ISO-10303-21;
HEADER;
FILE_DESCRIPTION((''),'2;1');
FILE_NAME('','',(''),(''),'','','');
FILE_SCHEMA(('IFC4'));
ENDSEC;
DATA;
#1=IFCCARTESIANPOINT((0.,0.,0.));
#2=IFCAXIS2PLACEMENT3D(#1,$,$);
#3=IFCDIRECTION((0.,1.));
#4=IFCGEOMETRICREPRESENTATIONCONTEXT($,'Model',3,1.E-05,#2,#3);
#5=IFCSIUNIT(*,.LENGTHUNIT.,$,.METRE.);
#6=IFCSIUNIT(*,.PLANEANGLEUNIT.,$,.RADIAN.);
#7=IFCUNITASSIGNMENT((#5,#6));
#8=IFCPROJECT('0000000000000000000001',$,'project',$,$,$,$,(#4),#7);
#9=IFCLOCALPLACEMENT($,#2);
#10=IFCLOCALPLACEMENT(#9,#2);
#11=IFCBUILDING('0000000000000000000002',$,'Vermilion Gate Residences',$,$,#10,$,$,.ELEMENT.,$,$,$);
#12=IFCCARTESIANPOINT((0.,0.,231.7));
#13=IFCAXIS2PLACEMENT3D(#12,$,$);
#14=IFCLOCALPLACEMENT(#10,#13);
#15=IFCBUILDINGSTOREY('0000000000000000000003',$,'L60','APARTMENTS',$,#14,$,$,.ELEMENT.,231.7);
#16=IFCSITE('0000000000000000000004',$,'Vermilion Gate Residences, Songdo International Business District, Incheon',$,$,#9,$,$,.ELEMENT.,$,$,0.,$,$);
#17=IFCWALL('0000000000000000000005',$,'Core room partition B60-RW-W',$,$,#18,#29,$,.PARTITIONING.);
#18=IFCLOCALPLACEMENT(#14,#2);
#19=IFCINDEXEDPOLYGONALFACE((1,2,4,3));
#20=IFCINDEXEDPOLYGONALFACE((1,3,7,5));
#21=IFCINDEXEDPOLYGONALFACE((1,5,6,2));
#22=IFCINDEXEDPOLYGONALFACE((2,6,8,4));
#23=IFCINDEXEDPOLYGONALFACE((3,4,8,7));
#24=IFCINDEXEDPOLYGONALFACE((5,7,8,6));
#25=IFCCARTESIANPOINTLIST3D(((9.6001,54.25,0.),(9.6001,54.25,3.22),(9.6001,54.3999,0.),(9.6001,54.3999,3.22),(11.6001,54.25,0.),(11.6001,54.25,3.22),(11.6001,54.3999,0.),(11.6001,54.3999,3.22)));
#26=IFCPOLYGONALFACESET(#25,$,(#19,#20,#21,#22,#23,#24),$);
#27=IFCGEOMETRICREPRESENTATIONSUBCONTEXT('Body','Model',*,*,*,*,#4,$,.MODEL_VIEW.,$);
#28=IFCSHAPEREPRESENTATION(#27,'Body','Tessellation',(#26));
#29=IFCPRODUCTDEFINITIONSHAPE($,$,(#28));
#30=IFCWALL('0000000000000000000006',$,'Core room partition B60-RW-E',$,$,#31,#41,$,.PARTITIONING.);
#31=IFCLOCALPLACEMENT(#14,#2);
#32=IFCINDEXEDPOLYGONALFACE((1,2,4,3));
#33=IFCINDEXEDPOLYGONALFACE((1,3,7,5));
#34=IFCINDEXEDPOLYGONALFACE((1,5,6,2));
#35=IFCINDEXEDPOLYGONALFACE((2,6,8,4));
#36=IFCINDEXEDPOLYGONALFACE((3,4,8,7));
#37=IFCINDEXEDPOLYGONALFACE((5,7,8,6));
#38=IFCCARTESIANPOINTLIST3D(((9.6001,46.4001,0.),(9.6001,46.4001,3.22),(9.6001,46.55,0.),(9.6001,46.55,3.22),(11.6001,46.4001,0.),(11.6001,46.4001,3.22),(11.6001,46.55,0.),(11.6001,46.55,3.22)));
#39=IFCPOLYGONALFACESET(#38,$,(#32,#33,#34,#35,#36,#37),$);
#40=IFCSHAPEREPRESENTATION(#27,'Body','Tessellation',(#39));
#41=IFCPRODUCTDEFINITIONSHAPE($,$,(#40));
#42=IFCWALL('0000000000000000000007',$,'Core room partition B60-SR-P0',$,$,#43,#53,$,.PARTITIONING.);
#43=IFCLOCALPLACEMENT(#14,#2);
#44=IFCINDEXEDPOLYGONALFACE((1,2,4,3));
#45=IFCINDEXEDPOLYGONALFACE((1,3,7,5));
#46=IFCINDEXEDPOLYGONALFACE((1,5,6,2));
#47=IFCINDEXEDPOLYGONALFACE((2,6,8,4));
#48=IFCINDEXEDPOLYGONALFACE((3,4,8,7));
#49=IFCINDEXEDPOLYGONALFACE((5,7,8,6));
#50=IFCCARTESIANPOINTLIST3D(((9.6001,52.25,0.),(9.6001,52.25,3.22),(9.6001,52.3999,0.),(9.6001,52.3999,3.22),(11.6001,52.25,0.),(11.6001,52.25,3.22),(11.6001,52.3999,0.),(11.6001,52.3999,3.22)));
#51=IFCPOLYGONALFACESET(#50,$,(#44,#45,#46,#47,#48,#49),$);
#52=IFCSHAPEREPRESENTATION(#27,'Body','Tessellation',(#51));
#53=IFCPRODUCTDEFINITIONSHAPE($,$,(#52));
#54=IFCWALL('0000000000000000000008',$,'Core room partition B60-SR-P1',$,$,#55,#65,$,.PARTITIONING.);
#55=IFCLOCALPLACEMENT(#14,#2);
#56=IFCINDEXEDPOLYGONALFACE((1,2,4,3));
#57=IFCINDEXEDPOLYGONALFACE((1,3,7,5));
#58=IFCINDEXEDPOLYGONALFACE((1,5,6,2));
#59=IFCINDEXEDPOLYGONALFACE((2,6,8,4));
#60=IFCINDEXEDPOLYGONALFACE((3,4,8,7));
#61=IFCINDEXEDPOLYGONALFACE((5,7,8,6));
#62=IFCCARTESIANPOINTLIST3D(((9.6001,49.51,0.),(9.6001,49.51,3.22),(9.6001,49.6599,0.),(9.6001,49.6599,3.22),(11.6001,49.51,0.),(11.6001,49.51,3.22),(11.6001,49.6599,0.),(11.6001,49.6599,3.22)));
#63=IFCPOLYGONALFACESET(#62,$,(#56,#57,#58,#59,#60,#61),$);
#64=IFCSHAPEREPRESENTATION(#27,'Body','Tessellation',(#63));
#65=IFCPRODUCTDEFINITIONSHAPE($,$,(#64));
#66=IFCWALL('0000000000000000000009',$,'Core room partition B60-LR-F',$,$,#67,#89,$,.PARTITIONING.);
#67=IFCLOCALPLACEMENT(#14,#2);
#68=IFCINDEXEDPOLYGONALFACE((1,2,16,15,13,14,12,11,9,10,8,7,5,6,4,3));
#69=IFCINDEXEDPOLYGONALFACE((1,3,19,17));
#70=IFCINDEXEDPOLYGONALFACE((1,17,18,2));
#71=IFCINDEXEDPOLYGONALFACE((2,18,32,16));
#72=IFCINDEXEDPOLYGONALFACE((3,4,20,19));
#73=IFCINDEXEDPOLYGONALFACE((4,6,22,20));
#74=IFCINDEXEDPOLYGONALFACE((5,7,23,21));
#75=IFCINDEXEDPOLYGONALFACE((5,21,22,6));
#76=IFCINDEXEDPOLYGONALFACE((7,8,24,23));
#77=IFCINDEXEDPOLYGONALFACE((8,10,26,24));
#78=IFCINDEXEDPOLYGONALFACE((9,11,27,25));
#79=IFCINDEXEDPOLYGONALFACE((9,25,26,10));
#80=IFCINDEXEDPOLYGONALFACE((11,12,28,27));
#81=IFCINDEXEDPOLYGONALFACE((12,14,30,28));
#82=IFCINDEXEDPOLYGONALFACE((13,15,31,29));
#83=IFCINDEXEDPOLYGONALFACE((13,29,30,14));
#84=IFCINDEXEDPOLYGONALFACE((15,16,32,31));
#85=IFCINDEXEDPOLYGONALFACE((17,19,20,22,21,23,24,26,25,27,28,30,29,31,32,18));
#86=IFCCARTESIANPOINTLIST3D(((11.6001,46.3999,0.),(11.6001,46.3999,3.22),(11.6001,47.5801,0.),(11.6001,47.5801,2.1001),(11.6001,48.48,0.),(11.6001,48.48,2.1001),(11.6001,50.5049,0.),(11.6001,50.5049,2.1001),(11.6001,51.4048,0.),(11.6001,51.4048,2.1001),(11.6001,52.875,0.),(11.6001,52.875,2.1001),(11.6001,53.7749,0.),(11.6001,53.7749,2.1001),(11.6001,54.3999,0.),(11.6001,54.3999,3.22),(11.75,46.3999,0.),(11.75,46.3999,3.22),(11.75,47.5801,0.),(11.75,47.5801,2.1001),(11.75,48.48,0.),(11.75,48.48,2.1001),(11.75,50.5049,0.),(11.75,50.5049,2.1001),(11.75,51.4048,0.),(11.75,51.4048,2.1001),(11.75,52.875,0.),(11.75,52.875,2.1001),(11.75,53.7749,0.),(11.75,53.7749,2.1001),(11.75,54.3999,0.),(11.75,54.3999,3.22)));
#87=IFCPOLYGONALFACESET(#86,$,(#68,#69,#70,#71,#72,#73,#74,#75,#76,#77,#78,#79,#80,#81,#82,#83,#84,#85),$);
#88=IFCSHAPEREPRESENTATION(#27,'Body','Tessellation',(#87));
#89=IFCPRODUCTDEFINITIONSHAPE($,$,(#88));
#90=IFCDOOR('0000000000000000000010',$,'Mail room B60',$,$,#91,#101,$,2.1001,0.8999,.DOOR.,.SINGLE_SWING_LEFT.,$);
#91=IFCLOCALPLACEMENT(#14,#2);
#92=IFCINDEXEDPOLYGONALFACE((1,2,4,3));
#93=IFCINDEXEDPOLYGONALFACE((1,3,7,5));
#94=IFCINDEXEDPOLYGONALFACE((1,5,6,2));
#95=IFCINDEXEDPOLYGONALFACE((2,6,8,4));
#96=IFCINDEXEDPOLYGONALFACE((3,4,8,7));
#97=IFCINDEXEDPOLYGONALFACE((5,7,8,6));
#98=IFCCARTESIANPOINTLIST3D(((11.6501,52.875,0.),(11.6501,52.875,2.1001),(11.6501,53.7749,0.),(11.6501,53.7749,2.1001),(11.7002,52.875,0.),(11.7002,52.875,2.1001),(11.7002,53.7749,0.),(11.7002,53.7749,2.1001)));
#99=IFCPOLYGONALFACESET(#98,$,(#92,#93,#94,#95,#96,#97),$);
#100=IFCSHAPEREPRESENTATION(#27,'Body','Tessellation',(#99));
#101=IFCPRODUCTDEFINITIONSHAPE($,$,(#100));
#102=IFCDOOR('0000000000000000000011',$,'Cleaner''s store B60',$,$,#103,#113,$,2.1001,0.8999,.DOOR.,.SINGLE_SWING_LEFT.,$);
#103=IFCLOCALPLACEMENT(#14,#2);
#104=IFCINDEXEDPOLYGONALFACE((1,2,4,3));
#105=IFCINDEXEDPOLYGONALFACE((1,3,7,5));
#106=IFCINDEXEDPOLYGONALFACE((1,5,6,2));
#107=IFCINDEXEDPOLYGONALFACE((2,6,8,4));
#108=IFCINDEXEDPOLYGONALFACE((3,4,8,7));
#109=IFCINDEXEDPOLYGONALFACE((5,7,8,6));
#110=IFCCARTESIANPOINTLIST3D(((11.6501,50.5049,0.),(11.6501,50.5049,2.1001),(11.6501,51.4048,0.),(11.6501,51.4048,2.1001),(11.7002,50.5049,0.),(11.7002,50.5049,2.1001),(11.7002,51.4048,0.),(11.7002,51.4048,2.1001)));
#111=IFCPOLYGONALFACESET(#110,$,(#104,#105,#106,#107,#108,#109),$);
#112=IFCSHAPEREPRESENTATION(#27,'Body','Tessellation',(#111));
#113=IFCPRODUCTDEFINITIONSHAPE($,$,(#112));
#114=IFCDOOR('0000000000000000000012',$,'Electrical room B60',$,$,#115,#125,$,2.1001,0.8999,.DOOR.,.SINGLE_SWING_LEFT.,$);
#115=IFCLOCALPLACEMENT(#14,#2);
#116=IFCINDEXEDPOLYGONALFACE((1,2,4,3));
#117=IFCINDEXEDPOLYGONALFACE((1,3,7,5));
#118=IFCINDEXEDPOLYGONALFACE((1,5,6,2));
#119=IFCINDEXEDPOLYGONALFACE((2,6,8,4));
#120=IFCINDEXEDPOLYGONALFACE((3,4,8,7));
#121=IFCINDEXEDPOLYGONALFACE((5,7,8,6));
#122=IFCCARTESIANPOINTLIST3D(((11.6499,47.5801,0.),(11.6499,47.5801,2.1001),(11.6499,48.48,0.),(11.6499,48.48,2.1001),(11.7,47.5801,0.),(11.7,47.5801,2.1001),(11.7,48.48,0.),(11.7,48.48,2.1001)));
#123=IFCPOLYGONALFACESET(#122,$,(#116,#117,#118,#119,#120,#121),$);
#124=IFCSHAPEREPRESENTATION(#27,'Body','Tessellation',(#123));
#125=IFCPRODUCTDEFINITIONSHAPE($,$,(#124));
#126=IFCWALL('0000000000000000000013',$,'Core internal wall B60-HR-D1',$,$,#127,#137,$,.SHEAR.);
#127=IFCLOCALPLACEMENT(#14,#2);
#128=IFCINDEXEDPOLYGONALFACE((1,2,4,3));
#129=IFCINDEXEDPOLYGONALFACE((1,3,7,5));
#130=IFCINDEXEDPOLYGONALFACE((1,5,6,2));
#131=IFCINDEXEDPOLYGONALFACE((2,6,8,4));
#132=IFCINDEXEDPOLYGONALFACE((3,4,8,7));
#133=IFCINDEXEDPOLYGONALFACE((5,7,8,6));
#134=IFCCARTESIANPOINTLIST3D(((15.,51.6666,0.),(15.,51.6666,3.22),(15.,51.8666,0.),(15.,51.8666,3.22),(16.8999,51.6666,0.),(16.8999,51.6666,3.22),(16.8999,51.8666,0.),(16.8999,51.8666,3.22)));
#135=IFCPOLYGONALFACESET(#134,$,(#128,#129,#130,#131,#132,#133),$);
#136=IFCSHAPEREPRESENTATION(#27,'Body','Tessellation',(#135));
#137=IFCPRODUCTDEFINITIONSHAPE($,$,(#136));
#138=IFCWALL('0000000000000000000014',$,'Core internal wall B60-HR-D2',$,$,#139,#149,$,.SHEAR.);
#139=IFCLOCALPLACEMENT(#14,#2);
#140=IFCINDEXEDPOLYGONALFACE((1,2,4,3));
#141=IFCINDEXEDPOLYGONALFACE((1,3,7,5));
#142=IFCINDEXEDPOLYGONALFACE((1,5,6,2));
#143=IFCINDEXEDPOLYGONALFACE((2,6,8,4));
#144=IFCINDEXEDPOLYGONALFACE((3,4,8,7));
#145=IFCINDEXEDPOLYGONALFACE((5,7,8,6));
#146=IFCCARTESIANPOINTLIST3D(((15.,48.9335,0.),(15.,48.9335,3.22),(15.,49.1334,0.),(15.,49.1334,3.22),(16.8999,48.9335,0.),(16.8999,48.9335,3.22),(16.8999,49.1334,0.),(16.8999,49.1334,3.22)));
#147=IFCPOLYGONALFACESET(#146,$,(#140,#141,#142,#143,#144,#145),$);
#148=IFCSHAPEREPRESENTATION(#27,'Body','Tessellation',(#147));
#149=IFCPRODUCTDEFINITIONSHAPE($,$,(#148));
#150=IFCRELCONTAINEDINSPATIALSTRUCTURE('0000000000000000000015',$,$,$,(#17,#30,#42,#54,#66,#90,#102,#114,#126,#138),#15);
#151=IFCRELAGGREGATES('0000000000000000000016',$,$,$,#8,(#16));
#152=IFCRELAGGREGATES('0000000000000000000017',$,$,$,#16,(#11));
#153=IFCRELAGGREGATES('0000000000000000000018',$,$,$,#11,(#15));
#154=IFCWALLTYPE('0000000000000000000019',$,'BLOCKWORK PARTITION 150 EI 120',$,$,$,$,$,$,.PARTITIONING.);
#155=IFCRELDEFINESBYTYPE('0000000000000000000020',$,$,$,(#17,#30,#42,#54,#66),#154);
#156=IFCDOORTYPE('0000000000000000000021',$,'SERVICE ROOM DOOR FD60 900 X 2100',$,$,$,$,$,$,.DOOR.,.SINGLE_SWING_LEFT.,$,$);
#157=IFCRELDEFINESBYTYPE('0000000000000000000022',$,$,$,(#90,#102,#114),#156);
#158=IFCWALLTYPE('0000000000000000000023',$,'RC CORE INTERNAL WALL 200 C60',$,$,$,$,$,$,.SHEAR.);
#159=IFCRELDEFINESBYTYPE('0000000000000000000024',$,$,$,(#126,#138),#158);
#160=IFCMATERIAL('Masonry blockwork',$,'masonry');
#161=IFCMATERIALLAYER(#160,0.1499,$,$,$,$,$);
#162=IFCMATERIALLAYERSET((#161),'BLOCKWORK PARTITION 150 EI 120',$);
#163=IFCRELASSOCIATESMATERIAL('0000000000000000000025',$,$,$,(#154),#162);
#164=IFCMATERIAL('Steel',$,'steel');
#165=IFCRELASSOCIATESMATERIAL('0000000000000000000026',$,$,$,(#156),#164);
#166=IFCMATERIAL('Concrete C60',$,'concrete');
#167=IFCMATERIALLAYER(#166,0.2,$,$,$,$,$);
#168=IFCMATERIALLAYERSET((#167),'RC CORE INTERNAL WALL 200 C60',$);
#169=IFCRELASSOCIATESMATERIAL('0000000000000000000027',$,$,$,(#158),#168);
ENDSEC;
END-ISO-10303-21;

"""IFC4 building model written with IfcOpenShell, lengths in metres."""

from ifc_helpers import new_model, si_unit, direction, frame, frame_2d, origin, place, context, subcontext, project, spatial, rectangle, extrude, material, layer, layer_set, type_object, element, fill, save


model = new_model("IFC4")

# Units and contexts
model_context = context("Model", 3, precision=1e-05, world=origin(), true_north=direction((0.0, 1.0)))
body_context = subcontext(model_context, "Body", "Model", "MODEL_VIEW")
ifc_project = project(units=[si_unit("LENGTHUNIT", "METRE"), si_unit("PLANEANGLEUNIT", "RADIAN")], contexts=[model_context])

# Site, building, storey
site_placement = place(None, origin())
site = spatial("IfcSite", under=ifc_project, at=site_placement, Name="Vermilion Gate Residences, Songdo International Business District, Incheon", CompositionType="ELEMENT", RefElevation=0.0)
building_placement = place(site_placement, origin())
building = spatial("IfcBuilding", under=site, at=building_placement, Name="Vermilion Gate Residences", CompositionType="ELEMENT")
storey_placement = place(building_placement, frame((0.0, 0.0, 231.7)))
storey = spatial("IfcBuildingStorey", under=building, at=storey_placement, Name="L60", Description="APARTMENTS", CompositionType="ELEMENT", Elevation=231.7)

# Walls
ifc_material_1 = material(Name="Masonry blockwork", Category="masonry")
ifc_layer_1 = layer(ifc_material_1, 0.1499)
ifc_layer_set_1 = layer_set([ifc_layer_1], Name="BLOCKWORK PARTITION 150 EI 120")
wall_type_1 = type_object("IfcWallType", Name="BLOCKWORK PARTITION 150 EI 120", PredefinedType="PARTITIONING", material=ifc_layer_set_1)
for number, where, z_axis, x_axis, name in (
    (1, (9.6001, 54.325, 0.0), (0.0, 0.0, 1.0), (1.0, 0.0, 0.0), "Core room partition B60-RW-W"),
    (2, (9.6001, 46.4751, 0.0), (0.0, 0.0, 1.0), (1.0, 0.0, 0.0), "Core room partition B60-RW-E"),
    (3, (9.6001, 52.325, 0.0), (0.0, 0.0, 1.0), (1.0, 0.0, 0.0), "Core room partition B60-SR-P0"),
    (4, (9.6001, 49.585, 0.0), (0.0, 0.0, 1.0), (1.0, 0.0, 0.0), "Core room partition B60-SR-P1"),
):
    element("IfcWall", number, at=place(storey_placement, frame(where, z_axis=z_axis, x_axis=x_axis)), inside=storey, type_object=wall_type_1, Name=name, PredefinedType="PARTITIONING", context=body_context, shape_type="SweptSolid", body=[
        extrude(rectangle(XDim=2.0, YDim=0.1499, at=frame_2d((1.0, 0.0))), origin(), (0.0, 0.0, 1.0), 3.22),
    ])

# Wall, openings, doors
wall_1_placement = place(storey_placement, frame((11.675, 54.3999, 0.0), z_axis=(0.0, 0.0, 1.0), x_axis=(0.0, -1.0, 0.0)))
wall_1 = element("IfcWall", 5, at=wall_1_placement, inside=storey, type_object=wall_type_1, Name="Core room partition B60-LR-F", PredefinedType="PARTITIONING", context=body_context, shape_type="SweptSolid", body=[
    extrude(rectangle(XDim=8.0, YDim=0.1499, at=frame_2d((4.0, 0.0))), origin(), (0.0, 0.0, 1.0), 3.22),
])
opening_1_placement = place(wall_1_placement, frame((0.625, 0.0, 0.0)))
opening_1 = element("IfcOpeningElement", 6, at=opening_1_placement, cuts=wall_1, PredefinedType="OPENING", context=body_context, shape_type="SweptSolid", body=[
    extrude(rectangle(XDim=0.8999, YDim=2.1001, at=frame_2d((0.45, 1.05))), frame((0.0, 0.085, 0.0), z_axis=(0.0, -1.0, 0.0), x_axis=(1.0, 0.0, 0.0)), (0.0, 0.0, 1.0), 0.1699),
])
opening_2_placement = place(wall_1_placement, frame((2.9951, 0.0, 0.0)))
opening_2 = element("IfcOpeningElement", 7, at=opening_2_placement, cuts=wall_1, PredefinedType="OPENING", context=body_context, shape_type="SweptSolid", body=[
    extrude(rectangle(XDim=0.8999, YDim=2.1001, at=frame_2d((0.45, 1.05))), frame((0.0, 0.085, 0.0), z_axis=(0.0, -1.0, 0.0), x_axis=(1.0, 0.0, 0.0)), (0.0, 0.0, 1.0), 0.1699),
])
opening_3_placement = place(wall_1_placement, frame((5.9199, 0.0, 0.0)))
opening_3 = element("IfcOpeningElement", 8, at=opening_3_placement, cuts=wall_1, PredefinedType="OPENING", context=body_context, shape_type="SweptSolid", body=[
    extrude(rectangle(XDim=0.8999, YDim=2.1001, at=frame_2d((0.45, 1.05))), frame((0.0, 0.085, 0.0), z_axis=(0.0, -1.0, 0.0), x_axis=(1.0, 0.0, 0.0)), (0.0, 0.0, 1.0), 0.1699),
])
ifc_material_2 = material(Name="Steel", Category="steel")
door_type_1 = type_object("IfcDoorType", Name="SERVICE ROOM DOOR FD60 900 X 2100", OperationType="SINGLE_SWING_LEFT", PredefinedType="DOOR", material=ifc_material_2)
door_1_placement = place(opening_1_placement, frame((0.8999, 0.0, 0.0), z_axis=(0.0, 0.0, 1.0), x_axis=(-1.0, 0.0, 0.0)))
door_1 = element("IfcDoor", 9, at=door_1_placement, inside=storey, type_object=door_type_1, Name="Mail room B60", OperationType="SINGLE_SWING_LEFT", OverallHeight=2.1001, OverallWidth=0.8999, PredefinedType="DOOR", context=body_context, shape_type="SweptSolid", body=[
    extrude(rectangle(XDim=0.8999, YDim=2.1001, at=frame_2d((0.45, 1.05))), frame((0.0, 0.0249, 0.0), z_axis=(0.0, -1.0, 0.0), x_axis=(1.0, 0.0, 0.0)), (0.0, 0.0, 1.0), 0.05),
])
fill(opening_1, door_1)
door_2_placement = place(opening_2_placement, frame((0.8999, 0.0, 0.0), z_axis=(0.0, 0.0, 1.0), x_axis=(-1.0, 0.0, 0.0)))
door_2 = element("IfcDoor", 10, at=door_2_placement, inside=storey, type_object=door_type_1, Name="Cleaner's store B60", OperationType="SINGLE_SWING_LEFT", OverallHeight=2.1001, OverallWidth=0.8999, PredefinedType="DOOR", context=body_context, shape_type="SweptSolid", body=[
    extrude(rectangle(XDim=0.8999, YDim=2.1001, at=frame_2d((0.45, 1.05))), frame((0.0, 0.0249, 0.0), z_axis=(0.0, -1.0, 0.0), x_axis=(1.0, 0.0, 0.0)), (0.0, 0.0, 1.0), 0.05),
])
fill(opening_2, door_2)
door_3_placement = place(opening_3_placement, origin())
door_3 = element("IfcDoor", 11, at=door_3_placement, inside=storey, type_object=door_type_1, Name="Electrical room B60", OperationType="SINGLE_SWING_LEFT", OverallHeight=2.1001, OverallWidth=0.8999, PredefinedType="DOOR", context=body_context, shape_type="SweptSolid", body=[
    extrude(rectangle(XDim=0.8999, YDim=2.1001, at=frame_2d((0.45, 1.05))), frame((0.0, 0.0249, 0.0), z_axis=(0.0, -1.0, 0.0), x_axis=(1.0, 0.0, 0.0)), (0.0, 0.0, 1.0), 0.05),
])
fill(opening_3, door_3)

# Walls
ifc_material_3 = material(Name="Concrete C60", Category="concrete")
ifc_layer_2 = layer(ifc_material_3, 0.2)
ifc_layer_set_2 = layer_set([ifc_layer_2], Name="RC CORE INTERNAL WALL 200 C60")
wall_type_2 = type_object("IfcWallType", Name="RC CORE INTERNAL WALL 200 C60", PredefinedType="SHEAR", material=ifc_layer_set_2)
for number, where, z_axis, x_axis, name in (
    (12, (15.0, 51.7666, 0.0), (0.0, 0.0, 1.0), (1.0, 0.0, 0.0), "Core internal wall B60-HR-D1"),
    (13, (15.0, 49.0334, 0.0), (0.0, 0.0, 1.0), (1.0, 0.0, 0.0), "Core internal wall B60-HR-D2"),
):
    element("IfcWall", number, at=place(storey_placement, frame(where, z_axis=z_axis, x_axis=x_axis)), inside=storey, type_object=wall_type_2, Name=name, PredefinedType="SHEAR", context=body_context, shape_type="SweptSolid", body=[
        extrude(rectangle(XDim=1.8999, YDim=0.2, at=frame_2d((0.95, 0.0))), origin(), (0.0, 0.0, 1.0), 3.22),
    ])

save(model, "model.ifc")
